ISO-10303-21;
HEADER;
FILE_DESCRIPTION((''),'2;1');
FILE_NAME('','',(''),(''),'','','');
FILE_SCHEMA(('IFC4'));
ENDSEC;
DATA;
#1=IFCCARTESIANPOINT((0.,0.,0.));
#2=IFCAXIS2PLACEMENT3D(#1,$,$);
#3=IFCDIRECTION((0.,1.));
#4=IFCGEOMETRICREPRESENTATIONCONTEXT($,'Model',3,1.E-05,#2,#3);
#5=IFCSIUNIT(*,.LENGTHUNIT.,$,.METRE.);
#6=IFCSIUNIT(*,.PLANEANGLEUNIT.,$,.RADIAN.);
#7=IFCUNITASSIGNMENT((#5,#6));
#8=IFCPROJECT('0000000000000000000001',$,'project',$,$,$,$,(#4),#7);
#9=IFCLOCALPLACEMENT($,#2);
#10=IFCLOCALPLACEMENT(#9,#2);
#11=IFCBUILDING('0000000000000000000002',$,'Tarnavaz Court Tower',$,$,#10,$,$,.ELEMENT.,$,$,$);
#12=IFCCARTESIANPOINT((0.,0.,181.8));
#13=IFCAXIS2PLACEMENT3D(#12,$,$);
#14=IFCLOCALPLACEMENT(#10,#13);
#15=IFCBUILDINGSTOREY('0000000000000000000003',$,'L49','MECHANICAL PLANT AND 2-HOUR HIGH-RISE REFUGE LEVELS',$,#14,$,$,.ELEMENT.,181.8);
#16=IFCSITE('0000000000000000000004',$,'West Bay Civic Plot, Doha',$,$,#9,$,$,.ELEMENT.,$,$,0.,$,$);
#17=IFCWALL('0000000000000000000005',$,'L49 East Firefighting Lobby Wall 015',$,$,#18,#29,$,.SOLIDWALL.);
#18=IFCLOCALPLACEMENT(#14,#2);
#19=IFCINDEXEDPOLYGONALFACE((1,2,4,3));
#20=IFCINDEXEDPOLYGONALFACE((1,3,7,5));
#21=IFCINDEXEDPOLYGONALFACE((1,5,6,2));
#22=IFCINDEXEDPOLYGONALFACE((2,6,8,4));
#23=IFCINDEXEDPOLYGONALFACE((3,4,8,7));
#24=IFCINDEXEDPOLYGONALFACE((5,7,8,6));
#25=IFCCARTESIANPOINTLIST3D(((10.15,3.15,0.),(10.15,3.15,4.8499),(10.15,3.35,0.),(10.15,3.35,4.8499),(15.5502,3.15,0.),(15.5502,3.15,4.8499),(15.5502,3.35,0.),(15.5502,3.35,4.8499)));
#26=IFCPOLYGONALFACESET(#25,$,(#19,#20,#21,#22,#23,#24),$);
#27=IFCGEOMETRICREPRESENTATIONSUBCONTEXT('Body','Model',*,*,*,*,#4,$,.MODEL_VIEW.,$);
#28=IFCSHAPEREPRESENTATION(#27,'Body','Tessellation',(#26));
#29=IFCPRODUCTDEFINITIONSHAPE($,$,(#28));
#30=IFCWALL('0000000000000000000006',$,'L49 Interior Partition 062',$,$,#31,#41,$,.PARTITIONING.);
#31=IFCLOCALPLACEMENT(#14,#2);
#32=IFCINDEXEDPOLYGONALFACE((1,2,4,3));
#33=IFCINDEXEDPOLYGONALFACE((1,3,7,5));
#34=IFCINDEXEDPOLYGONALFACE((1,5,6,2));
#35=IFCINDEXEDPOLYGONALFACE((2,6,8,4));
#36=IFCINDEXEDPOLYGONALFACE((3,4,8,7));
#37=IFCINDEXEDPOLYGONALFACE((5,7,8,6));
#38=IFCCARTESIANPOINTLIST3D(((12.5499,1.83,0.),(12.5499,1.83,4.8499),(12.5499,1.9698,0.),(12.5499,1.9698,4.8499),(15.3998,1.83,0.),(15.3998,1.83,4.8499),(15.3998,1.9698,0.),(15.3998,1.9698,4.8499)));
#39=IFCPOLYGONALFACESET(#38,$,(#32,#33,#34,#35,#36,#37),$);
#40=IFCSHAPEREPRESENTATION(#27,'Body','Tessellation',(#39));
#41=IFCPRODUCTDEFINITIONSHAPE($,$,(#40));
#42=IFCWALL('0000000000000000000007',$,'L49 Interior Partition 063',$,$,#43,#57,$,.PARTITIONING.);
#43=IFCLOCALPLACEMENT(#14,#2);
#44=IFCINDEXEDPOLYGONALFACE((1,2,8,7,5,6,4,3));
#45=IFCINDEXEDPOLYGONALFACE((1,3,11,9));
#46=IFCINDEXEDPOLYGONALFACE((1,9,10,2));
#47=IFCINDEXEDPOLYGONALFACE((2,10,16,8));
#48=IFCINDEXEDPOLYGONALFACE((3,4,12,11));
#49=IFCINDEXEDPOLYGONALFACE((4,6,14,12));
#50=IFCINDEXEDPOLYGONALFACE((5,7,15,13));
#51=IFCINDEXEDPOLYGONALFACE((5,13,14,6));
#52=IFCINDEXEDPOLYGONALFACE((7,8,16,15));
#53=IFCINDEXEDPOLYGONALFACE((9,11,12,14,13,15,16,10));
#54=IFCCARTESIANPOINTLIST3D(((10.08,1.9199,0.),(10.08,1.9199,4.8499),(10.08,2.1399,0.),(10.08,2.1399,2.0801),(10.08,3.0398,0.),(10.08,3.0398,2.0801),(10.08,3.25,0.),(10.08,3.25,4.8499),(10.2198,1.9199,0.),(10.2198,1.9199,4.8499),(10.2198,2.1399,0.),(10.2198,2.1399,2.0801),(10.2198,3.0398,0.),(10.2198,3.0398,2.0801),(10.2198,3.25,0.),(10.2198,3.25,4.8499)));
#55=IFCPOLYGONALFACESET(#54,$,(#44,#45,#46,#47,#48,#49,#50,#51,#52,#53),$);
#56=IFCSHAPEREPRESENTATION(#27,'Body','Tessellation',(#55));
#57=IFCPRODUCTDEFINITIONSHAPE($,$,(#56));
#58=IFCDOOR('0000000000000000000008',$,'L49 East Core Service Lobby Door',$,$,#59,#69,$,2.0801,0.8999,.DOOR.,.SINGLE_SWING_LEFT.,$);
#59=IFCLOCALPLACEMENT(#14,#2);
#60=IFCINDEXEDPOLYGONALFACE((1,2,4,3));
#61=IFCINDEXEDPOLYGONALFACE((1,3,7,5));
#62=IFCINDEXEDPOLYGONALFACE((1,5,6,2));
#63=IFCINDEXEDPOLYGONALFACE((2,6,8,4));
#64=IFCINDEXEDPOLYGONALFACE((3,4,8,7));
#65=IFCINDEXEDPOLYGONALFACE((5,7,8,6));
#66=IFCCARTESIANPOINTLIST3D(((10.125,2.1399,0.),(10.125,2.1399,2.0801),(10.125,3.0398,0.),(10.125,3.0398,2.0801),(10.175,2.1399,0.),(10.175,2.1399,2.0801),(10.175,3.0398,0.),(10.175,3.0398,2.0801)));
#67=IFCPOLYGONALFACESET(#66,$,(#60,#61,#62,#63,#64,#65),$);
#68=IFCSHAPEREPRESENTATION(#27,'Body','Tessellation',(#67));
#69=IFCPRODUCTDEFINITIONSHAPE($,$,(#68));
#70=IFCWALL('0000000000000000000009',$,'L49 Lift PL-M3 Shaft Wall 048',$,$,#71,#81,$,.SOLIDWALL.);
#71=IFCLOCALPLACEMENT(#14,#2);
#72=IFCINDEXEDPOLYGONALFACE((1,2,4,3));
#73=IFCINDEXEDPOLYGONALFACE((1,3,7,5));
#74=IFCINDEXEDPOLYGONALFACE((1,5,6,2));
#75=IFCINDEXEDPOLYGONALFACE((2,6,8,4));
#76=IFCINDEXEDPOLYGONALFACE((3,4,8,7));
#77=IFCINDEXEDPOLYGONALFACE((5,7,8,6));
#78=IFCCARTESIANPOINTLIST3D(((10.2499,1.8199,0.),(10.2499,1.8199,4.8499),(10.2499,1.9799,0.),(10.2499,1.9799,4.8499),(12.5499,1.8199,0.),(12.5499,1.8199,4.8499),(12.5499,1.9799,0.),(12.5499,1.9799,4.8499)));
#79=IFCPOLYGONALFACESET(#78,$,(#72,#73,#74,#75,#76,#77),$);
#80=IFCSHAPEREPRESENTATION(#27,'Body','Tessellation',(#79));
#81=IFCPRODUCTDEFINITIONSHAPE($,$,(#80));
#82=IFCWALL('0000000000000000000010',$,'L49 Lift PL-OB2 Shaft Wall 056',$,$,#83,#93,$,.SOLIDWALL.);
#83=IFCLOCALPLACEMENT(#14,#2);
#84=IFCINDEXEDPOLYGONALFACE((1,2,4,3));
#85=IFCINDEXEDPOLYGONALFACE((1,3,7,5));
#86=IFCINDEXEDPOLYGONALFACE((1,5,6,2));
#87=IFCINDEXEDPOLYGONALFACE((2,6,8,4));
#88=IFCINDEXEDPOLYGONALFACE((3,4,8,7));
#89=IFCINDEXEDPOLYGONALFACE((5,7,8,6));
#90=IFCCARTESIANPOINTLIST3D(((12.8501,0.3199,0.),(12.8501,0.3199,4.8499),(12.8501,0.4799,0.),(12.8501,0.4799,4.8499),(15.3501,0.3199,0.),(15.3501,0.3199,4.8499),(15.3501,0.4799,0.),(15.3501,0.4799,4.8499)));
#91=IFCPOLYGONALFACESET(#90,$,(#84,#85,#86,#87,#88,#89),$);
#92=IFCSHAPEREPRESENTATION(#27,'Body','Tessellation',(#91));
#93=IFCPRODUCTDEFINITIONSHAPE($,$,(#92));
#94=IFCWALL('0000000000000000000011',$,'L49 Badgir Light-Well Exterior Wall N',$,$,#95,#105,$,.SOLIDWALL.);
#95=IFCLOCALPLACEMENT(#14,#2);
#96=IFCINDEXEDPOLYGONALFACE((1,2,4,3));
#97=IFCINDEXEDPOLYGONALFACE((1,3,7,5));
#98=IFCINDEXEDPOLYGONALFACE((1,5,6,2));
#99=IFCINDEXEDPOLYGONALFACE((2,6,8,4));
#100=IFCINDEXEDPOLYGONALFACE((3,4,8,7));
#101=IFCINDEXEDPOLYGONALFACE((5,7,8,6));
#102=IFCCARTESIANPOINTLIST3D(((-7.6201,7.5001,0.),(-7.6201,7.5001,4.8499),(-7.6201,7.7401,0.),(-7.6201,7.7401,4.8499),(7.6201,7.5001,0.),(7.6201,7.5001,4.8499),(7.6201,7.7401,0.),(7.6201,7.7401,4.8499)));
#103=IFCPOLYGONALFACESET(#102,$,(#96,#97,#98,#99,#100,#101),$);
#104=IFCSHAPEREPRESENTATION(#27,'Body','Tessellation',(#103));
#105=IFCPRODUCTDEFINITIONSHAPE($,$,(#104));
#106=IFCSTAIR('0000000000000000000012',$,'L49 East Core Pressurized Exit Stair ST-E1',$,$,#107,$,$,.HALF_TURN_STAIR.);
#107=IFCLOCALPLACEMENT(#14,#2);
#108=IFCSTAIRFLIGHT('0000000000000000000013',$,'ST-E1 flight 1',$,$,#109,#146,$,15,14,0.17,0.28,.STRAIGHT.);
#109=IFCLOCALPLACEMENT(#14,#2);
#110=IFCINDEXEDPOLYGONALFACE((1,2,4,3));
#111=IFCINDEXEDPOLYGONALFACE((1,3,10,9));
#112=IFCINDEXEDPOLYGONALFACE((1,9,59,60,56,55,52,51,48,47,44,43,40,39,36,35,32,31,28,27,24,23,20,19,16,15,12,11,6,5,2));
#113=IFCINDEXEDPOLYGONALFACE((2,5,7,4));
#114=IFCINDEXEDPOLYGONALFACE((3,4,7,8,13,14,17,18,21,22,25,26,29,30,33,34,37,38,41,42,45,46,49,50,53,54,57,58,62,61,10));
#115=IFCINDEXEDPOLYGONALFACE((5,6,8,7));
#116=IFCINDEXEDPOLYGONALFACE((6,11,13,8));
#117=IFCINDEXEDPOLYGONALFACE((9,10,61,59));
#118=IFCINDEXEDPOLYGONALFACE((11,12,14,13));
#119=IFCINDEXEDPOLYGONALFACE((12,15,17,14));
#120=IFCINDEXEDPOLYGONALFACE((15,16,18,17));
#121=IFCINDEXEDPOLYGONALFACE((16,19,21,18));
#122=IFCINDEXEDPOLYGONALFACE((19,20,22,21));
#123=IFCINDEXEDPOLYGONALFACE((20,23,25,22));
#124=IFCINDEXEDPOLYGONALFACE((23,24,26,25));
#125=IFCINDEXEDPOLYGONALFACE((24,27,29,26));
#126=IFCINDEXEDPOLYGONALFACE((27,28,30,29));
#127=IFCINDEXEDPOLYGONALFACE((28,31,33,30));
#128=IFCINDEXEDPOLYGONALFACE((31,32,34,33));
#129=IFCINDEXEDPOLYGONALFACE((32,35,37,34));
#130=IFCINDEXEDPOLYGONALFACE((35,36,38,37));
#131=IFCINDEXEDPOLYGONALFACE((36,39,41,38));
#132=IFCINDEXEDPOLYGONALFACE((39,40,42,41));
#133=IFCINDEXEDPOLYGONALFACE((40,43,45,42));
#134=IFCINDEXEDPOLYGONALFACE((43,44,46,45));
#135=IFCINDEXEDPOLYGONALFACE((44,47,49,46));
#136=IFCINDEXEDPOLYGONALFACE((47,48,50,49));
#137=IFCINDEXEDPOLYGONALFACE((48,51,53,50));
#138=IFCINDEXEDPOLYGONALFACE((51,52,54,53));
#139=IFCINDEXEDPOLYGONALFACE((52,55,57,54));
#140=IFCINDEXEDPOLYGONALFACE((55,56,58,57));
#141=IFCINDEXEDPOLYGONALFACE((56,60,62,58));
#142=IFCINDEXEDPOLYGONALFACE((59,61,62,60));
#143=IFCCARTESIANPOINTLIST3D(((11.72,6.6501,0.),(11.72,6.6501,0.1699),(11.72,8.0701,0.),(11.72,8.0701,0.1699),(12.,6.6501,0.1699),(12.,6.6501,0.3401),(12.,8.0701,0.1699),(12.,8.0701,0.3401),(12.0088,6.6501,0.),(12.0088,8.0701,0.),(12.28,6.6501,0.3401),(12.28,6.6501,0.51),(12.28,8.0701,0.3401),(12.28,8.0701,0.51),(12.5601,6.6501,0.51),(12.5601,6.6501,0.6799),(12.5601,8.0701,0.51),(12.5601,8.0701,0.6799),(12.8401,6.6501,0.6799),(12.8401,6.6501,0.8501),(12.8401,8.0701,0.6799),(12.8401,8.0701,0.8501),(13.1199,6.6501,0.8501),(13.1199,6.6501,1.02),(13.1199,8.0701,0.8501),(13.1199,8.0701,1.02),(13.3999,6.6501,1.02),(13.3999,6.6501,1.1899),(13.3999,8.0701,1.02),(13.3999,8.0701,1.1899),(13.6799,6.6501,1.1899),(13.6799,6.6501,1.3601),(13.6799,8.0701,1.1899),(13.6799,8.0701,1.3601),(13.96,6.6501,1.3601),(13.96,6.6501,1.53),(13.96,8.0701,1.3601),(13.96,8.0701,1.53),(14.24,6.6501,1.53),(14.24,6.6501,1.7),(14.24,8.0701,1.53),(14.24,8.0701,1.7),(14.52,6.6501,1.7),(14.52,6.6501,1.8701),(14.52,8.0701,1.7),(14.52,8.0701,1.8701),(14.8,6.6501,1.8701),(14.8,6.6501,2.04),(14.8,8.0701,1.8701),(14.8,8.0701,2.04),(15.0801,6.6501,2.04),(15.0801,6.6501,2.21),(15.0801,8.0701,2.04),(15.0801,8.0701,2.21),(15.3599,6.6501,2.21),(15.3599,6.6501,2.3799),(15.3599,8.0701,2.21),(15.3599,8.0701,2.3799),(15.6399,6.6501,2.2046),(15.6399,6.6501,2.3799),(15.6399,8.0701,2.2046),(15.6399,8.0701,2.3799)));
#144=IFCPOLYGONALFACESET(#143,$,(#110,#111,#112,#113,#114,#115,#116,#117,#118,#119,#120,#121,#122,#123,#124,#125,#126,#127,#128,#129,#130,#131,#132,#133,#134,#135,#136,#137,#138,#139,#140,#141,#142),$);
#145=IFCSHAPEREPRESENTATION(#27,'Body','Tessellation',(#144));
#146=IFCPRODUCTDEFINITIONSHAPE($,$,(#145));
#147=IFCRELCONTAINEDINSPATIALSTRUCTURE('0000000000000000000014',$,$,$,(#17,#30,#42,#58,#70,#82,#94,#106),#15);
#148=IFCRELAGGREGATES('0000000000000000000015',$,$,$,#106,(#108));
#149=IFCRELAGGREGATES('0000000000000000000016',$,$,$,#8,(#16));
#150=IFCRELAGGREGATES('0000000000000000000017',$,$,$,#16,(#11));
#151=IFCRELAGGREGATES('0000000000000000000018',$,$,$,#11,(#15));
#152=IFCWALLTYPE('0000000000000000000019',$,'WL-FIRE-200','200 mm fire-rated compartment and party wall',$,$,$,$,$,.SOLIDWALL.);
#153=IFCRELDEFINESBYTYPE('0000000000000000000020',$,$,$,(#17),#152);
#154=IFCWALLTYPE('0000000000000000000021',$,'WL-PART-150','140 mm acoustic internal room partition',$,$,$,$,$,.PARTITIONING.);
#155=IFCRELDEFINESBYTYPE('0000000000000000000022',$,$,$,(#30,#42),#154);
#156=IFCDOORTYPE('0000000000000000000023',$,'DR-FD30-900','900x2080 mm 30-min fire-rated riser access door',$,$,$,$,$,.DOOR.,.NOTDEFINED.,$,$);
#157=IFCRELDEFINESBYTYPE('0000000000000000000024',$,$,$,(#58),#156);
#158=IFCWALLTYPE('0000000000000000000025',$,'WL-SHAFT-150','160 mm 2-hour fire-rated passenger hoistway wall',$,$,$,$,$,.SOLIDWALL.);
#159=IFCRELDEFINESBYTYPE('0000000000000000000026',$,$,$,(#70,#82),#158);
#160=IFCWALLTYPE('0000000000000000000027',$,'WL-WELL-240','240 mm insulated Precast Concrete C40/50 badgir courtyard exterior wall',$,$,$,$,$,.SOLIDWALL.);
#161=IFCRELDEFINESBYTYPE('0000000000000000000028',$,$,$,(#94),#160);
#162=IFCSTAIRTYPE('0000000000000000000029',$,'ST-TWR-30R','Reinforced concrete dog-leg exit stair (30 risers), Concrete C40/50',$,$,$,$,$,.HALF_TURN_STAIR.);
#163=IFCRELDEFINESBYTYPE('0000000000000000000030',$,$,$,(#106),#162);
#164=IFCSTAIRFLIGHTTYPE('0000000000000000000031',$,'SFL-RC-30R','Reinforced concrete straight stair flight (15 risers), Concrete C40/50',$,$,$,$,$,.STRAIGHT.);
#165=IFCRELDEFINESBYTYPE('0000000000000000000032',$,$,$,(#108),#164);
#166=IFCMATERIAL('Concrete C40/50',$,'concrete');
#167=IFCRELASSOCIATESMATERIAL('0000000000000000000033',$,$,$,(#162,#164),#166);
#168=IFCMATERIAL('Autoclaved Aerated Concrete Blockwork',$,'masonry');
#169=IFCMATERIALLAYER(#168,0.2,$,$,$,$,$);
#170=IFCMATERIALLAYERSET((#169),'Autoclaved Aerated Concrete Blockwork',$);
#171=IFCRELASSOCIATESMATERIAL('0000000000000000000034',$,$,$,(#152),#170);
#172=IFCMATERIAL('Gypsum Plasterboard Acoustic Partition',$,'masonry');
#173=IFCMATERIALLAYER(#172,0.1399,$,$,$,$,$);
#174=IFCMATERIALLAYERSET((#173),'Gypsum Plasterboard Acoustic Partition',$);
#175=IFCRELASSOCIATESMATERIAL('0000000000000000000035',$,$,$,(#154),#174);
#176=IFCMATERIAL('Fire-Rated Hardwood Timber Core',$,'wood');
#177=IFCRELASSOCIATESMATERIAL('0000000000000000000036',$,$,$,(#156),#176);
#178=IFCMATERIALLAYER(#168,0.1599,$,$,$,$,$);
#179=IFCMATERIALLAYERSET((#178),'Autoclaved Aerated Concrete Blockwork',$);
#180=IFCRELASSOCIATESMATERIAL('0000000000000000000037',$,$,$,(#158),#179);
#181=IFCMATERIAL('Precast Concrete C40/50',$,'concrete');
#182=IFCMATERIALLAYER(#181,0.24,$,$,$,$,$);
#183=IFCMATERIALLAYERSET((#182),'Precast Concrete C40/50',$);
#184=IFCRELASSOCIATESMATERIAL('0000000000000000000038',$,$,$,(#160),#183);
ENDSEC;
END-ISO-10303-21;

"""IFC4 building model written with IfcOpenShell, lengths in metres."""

from ifc_helpers import new_model, si_unit, direction, frame, frame_2d, origin, place, context, subcontext, project, spatial, polyline, rectangle, outline, extrude, material, layer, layer_set, type_object, element, fill, aggregate, save


model = new_model("IFC4")

# Units and contexts
model_context = context("Model", 3, precision=1e-05, world=origin(), true_north=direction((0.0, 1.0)))
body_context = subcontext(model_context, "Body", "Model", "MODEL_VIEW")
ifc_project = project(units=[si_unit("LENGTHUNIT", "METRE"), si_unit("PLANEANGLEUNIT", "RADIAN")], contexts=[model_context])

# Site, building, storey
site_placement = place(None, origin())
site = spatial("IfcSite", under=ifc_project, at=site_placement, Name="West Bay Civic Plot, Doha", CompositionType="ELEMENT", RefElevation=0.0)
building_placement = place(site_placement, origin())
building = spatial("IfcBuilding", under=site, at=building_placement, Name="Tarnavaz Court Tower", CompositionType="ELEMENT")
storey_placement = place(building_placement, frame((0.0, 0.0, 181.8)))
storey = spatial("IfcBuildingStorey", under=building, at=storey_placement, Name="L49", Description="MECHANICAL PLANT AND 2-HOUR HIGH-RISE REFUGE LEVELS", CompositionType="ELEMENT", Elevation=181.8)

# Shared definitions
ifc_material_1 = material(Name="Concrete C40/50", Category="concrete")
stair_type = type_object("IfcStairType", Name="ST-TWR-30R", Description="Reinforced concrete dog-leg exit stair (30 risers), Concrete C40/50", PredefinedType="HALF_TURN_STAIR", material=ifc_material_1)

# Shared definitions
ifc_material_2 = material(Name="Fire-Rated Hardwood Timber Core", Category="wood")

# Wall
ifc_material_3 = material(Name="Autoclaved Aerated Concrete Blockwork", Category="masonry")
ifc_layer_1 = layer(ifc_material_3, 0.2)
ifc_layer_set_1 = layer_set([ifc_layer_1], Name="Autoclaved Aerated Concrete Blockwork")
wall_type_1 = type_object("IfcWallType", Name="WL-FIRE-200", Description="200 mm fire-rated compartment and party wall", PredefinedType="SOLIDWALL", material=ifc_layer_set_1)
wall_1_placement = place(storey_placement, frame((10.1499, 3.25, 0.0), z_axis=(0.0, 0.0, 1.0), x_axis=(1.0, 0.0, 0.0)))
element("IfcWall", 1, at=wall_1_placement, inside=storey, type_object=wall_type_1, Name="L49 East Firefighting Lobby Wall 015", PredefinedType="SOLIDWALL", context=body_context, shape_type="SweptSolid", body=[
    extrude(rectangle(XDim=5.4001, YDim=0.2, at=frame_2d((2.7002, 0.0))), origin(), (0.0, 0.0, 1.0), 4.8499),
])

# Wall
ifc_material_4 = material(Name="Gypsum Plasterboard Acoustic Partition", Category="masonry")
ifc_layer_2 = layer(ifc_material_4, 0.1399)
ifc_layer_set_2 = layer_set([ifc_layer_2], Name="Gypsum Plasterboard Acoustic Partition")
wall_type_2 = type_object("IfcWallType", Name="WL-PART-150", Description="140 mm acoustic internal room partition", PredefinedType="PARTITIONING", material=ifc_layer_set_2)
wall_2_placement = place(storey_placement, frame((12.55, 1.8999, 0.0), z_axis=(0.0, 0.0, 1.0), x_axis=(1.0, 0.0, 0.0)))
element("IfcWall", 2, at=wall_2_placement, inside=storey, type_object=wall_type_2, Name="L49 Interior Partition 062", PredefinedType="PARTITIONING", context=body_context, shape_type="SweptSolid", body=[
    extrude(rectangle(XDim=2.8499, YDim=0.1399, at=frame_2d((1.4248, 0.0))), origin(), (0.0, 0.0, 1.0), 4.8499),
])

# Wall, opening, door
wall_3_placement = place(storey_placement, frame((10.1499, 1.9199, 0.0), z_axis=(0.0, 0.0, 1.0), x_axis=(0.0, 1.0, 0.0)))
wall_3 = element("IfcWall", 3, at=wall_3_placement, inside=storey, type_object=wall_type_2, Name="L49 Interior Partition 063", PredefinedType="PARTITIONING", context=body_context, shape_type="SweptSolid", body=[
    extrude(rectangle(XDim=1.3301, YDim=0.1399, at=frame_2d((0.665, 0.0))), origin(), (0.0, 0.0, 1.0), 4.8499),
])
opening_1_placement = place(wall_3_placement, frame((0.22, 0.0, 0.0)))
opening_1 = element("IfcOpeningElement", 4, at=opening_1_placement, cuts=wall_3, PredefinedType="OPENING", context=body_context, shape_type="SweptSolid", body=[
    extrude(rectangle(XDim=0.8999, YDim=2.0801, at=frame_2d((0.45, 1.04))), frame((0.0, 0.0798, 0.0), z_axis=(0.0, -1.0, 0.0), x_axis=(1.0, 0.0, 0.0)), (0.0, 0.0, 1.0), 0.1599),
])
door_type_1 = type_object("IfcDoorType", Name="DR-FD30-900", Description="900x2080 mm 30-min fire-rated riser access door", OperationType="NOTDEFINED", PredefinedType="DOOR", material=ifc_material_2)
door_1_placement = place(opening_1_placement, origin())
door_1 = element("IfcDoor", 5, at=door_1_placement, inside=storey, type_object=door_type_1, Name="L49 East Core Service Lobby Door", OperationType="SINGLE_SWING_LEFT", OverallHeight=2.0801, OverallWidth=0.8999, PredefinedType="DOOR", context=body_context, shape_type="SweptSolid", body=[
    extrude(rectangle(XDim=0.8999, YDim=2.0801, at=frame_2d((0.45, 1.04))), frame((0.0, 0.0249, 0.0), z_axis=(0.0, -1.0, 0.0), x_axis=(1.0, 0.0, 0.0)), (0.0, 0.0, 1.0), 0.05),
])
fill(opening_1, door_1)

# Walls
ifc_layer_3 = layer(ifc_material_3, 0.1599)
ifc_layer_set_3 = layer_set([ifc_layer_3], Name="Autoclaved Aerated Concrete Blockwork")
wall_type_3 = type_object("IfcWallType", Name="WL-SHAFT-150", Description="160 mm 2-hour fire-rated passenger hoistway wall", PredefinedType="SOLIDWALL", material=ifc_layer_set_3)
wall_4_placement = place(storey_placement, frame((10.25, 1.8999, 0.0), z_axis=(0.0, 0.0, 1.0), x_axis=(1.0, 0.0, 0.0)))
element("IfcWall", 6, at=wall_4_placement, inside=storey, type_object=wall_type_3, Name="L49 Lift PL-M3 Shaft Wall 048", PredefinedType="SOLIDWALL", context=body_context, shape_type="SweptSolid", body=[
    extrude(rectangle(XDim=2.3, YDim=0.1599, at=frame_2d((1.1499, 0.0))), origin(), (0.0, 0.0, 1.0), 4.8499),
])
wall_5_placement = place(storey_placement, frame((12.8501, 0.3999, 0.0), z_axis=(0.0, 0.0, 1.0), x_axis=(1.0, 0.0, 0.0)))
element("IfcWall", 7, at=wall_5_placement, inside=storey, type_object=wall_type_3, Name="L49 Lift PL-OB2 Shaft Wall 056", PredefinedType="SOLIDWALL", context=body_context, shape_type="SweptSolid", body=[
    extrude(rectangle(XDim=2.5, YDim=0.1599, at=frame_2d((1.25, 0.0))), origin(), (0.0, 0.0, 1.0), 4.8499),
])
ifc_material_5 = material(Name="Precast Concrete C40/50", Category="concrete")
ifc_layer_4 = layer(ifc_material_5, 0.24)
ifc_layer_set_4 = layer_set([ifc_layer_4], Name="Precast Concrete C40/50")
wall_type_4 = type_object("IfcWallType", Name="WL-WELL-240", Description="240 mm insulated Precast Concrete C40/50 badgir courtyard exterior wall", PredefinedType="SOLIDWALL", material=ifc_layer_set_4)
wall_6_placement = place(storey_placement, frame((7.6201, 7.6201, 0.0), z_axis=(0.0, 0.0, 1.0), x_axis=(-1.0, 0.0, 0.0)))
element("IfcWall", 8, at=wall_6_placement, inside=storey, type_object=wall_type_4, Name="L49 Badgir Light-Well Exterior Wall N", PredefinedType="SOLIDWALL", context=body_context, shape_type="SweptSolid", body=[
    extrude(rectangle(XDim=15.2402, YDim=0.24, at=frame_2d((7.6201, 0.0))), origin(), (0.0, 0.0, 1.0), 4.8499),
])

# Stair, stair flight
stair_1_placement = place(storey_placement, origin())
stair_1 = element("IfcStair", 9, at=stair_1_placement, inside=storey, type_object=stair_type, Name="L49 East Core Pressurized Exit Stair ST-E1", PredefinedType="HALF_TURN_STAIR")
stair_flight_type = type_object("IfcStairFlightType", Name="SFL-RC-30R", Description="Reinforced concrete straight stair flight (15 risers), Concrete C40/50", PredefinedType="STRAIGHT", material=ifc_material_1)
stair_flight_placement = place(storey_placement, frame((11.72, 7.3601, 0.0), z_axis=(0.0, 0.0, 1.0), x_axis=(1.0, 0.0, 0.0)))
stair_flight = element("IfcStairFlight", 10, at=stair_flight_placement, type_object=stair_flight_type, Name="ST-E1 flight 1", NumberOfRisers=15, NumberOfTreads=14, PredefinedType="STRAIGHT", RiserHeight=0.17, TreadLength=0.28, context=body_context, shape_type="SweptSolid", body=[
    extrude(outline(polyline([(0.0, 0.0), (0.0, 0.1699), (0.28, 0.1699), (0.28, 0.3401), (0.5601, 0.3401), (0.5601, 0.51), (0.8401, 0.51), (0.8401, 0.6799), (1.1201, 0.6799), (1.1201, 0.8501), (1.3999, 0.8501), (1.3999, 1.02), (1.6799, 1.02), (1.6799, 1.1899), (1.96, 1.1899), (1.96, 1.3601), (2.24, 1.3601), (2.24, 1.53), (2.52, 1.53), (2.52, 1.7), (2.8, 1.7), (2.8, 1.8701), (3.0801, 1.8701), (3.0801, 2.04), (3.3601, 2.04), (3.3601, 2.21), (3.6399, 2.21), (3.6399, 2.3799), (3.9199, 2.3799), (3.9199, 2.55), (3.9199, 2.2046), (0.2888, 0.0), (0.0, 0.0)])), frame((0.0, 0.71, 0.0), z_axis=(0.0, -1.0, 0.0), x_axis=(1.0, 0.0, 0.0)), (0.0, 0.0, 1.0), 1.4199),
])
aggregate(stair_1, [stair_flight])

save(model, "model.ifc")
